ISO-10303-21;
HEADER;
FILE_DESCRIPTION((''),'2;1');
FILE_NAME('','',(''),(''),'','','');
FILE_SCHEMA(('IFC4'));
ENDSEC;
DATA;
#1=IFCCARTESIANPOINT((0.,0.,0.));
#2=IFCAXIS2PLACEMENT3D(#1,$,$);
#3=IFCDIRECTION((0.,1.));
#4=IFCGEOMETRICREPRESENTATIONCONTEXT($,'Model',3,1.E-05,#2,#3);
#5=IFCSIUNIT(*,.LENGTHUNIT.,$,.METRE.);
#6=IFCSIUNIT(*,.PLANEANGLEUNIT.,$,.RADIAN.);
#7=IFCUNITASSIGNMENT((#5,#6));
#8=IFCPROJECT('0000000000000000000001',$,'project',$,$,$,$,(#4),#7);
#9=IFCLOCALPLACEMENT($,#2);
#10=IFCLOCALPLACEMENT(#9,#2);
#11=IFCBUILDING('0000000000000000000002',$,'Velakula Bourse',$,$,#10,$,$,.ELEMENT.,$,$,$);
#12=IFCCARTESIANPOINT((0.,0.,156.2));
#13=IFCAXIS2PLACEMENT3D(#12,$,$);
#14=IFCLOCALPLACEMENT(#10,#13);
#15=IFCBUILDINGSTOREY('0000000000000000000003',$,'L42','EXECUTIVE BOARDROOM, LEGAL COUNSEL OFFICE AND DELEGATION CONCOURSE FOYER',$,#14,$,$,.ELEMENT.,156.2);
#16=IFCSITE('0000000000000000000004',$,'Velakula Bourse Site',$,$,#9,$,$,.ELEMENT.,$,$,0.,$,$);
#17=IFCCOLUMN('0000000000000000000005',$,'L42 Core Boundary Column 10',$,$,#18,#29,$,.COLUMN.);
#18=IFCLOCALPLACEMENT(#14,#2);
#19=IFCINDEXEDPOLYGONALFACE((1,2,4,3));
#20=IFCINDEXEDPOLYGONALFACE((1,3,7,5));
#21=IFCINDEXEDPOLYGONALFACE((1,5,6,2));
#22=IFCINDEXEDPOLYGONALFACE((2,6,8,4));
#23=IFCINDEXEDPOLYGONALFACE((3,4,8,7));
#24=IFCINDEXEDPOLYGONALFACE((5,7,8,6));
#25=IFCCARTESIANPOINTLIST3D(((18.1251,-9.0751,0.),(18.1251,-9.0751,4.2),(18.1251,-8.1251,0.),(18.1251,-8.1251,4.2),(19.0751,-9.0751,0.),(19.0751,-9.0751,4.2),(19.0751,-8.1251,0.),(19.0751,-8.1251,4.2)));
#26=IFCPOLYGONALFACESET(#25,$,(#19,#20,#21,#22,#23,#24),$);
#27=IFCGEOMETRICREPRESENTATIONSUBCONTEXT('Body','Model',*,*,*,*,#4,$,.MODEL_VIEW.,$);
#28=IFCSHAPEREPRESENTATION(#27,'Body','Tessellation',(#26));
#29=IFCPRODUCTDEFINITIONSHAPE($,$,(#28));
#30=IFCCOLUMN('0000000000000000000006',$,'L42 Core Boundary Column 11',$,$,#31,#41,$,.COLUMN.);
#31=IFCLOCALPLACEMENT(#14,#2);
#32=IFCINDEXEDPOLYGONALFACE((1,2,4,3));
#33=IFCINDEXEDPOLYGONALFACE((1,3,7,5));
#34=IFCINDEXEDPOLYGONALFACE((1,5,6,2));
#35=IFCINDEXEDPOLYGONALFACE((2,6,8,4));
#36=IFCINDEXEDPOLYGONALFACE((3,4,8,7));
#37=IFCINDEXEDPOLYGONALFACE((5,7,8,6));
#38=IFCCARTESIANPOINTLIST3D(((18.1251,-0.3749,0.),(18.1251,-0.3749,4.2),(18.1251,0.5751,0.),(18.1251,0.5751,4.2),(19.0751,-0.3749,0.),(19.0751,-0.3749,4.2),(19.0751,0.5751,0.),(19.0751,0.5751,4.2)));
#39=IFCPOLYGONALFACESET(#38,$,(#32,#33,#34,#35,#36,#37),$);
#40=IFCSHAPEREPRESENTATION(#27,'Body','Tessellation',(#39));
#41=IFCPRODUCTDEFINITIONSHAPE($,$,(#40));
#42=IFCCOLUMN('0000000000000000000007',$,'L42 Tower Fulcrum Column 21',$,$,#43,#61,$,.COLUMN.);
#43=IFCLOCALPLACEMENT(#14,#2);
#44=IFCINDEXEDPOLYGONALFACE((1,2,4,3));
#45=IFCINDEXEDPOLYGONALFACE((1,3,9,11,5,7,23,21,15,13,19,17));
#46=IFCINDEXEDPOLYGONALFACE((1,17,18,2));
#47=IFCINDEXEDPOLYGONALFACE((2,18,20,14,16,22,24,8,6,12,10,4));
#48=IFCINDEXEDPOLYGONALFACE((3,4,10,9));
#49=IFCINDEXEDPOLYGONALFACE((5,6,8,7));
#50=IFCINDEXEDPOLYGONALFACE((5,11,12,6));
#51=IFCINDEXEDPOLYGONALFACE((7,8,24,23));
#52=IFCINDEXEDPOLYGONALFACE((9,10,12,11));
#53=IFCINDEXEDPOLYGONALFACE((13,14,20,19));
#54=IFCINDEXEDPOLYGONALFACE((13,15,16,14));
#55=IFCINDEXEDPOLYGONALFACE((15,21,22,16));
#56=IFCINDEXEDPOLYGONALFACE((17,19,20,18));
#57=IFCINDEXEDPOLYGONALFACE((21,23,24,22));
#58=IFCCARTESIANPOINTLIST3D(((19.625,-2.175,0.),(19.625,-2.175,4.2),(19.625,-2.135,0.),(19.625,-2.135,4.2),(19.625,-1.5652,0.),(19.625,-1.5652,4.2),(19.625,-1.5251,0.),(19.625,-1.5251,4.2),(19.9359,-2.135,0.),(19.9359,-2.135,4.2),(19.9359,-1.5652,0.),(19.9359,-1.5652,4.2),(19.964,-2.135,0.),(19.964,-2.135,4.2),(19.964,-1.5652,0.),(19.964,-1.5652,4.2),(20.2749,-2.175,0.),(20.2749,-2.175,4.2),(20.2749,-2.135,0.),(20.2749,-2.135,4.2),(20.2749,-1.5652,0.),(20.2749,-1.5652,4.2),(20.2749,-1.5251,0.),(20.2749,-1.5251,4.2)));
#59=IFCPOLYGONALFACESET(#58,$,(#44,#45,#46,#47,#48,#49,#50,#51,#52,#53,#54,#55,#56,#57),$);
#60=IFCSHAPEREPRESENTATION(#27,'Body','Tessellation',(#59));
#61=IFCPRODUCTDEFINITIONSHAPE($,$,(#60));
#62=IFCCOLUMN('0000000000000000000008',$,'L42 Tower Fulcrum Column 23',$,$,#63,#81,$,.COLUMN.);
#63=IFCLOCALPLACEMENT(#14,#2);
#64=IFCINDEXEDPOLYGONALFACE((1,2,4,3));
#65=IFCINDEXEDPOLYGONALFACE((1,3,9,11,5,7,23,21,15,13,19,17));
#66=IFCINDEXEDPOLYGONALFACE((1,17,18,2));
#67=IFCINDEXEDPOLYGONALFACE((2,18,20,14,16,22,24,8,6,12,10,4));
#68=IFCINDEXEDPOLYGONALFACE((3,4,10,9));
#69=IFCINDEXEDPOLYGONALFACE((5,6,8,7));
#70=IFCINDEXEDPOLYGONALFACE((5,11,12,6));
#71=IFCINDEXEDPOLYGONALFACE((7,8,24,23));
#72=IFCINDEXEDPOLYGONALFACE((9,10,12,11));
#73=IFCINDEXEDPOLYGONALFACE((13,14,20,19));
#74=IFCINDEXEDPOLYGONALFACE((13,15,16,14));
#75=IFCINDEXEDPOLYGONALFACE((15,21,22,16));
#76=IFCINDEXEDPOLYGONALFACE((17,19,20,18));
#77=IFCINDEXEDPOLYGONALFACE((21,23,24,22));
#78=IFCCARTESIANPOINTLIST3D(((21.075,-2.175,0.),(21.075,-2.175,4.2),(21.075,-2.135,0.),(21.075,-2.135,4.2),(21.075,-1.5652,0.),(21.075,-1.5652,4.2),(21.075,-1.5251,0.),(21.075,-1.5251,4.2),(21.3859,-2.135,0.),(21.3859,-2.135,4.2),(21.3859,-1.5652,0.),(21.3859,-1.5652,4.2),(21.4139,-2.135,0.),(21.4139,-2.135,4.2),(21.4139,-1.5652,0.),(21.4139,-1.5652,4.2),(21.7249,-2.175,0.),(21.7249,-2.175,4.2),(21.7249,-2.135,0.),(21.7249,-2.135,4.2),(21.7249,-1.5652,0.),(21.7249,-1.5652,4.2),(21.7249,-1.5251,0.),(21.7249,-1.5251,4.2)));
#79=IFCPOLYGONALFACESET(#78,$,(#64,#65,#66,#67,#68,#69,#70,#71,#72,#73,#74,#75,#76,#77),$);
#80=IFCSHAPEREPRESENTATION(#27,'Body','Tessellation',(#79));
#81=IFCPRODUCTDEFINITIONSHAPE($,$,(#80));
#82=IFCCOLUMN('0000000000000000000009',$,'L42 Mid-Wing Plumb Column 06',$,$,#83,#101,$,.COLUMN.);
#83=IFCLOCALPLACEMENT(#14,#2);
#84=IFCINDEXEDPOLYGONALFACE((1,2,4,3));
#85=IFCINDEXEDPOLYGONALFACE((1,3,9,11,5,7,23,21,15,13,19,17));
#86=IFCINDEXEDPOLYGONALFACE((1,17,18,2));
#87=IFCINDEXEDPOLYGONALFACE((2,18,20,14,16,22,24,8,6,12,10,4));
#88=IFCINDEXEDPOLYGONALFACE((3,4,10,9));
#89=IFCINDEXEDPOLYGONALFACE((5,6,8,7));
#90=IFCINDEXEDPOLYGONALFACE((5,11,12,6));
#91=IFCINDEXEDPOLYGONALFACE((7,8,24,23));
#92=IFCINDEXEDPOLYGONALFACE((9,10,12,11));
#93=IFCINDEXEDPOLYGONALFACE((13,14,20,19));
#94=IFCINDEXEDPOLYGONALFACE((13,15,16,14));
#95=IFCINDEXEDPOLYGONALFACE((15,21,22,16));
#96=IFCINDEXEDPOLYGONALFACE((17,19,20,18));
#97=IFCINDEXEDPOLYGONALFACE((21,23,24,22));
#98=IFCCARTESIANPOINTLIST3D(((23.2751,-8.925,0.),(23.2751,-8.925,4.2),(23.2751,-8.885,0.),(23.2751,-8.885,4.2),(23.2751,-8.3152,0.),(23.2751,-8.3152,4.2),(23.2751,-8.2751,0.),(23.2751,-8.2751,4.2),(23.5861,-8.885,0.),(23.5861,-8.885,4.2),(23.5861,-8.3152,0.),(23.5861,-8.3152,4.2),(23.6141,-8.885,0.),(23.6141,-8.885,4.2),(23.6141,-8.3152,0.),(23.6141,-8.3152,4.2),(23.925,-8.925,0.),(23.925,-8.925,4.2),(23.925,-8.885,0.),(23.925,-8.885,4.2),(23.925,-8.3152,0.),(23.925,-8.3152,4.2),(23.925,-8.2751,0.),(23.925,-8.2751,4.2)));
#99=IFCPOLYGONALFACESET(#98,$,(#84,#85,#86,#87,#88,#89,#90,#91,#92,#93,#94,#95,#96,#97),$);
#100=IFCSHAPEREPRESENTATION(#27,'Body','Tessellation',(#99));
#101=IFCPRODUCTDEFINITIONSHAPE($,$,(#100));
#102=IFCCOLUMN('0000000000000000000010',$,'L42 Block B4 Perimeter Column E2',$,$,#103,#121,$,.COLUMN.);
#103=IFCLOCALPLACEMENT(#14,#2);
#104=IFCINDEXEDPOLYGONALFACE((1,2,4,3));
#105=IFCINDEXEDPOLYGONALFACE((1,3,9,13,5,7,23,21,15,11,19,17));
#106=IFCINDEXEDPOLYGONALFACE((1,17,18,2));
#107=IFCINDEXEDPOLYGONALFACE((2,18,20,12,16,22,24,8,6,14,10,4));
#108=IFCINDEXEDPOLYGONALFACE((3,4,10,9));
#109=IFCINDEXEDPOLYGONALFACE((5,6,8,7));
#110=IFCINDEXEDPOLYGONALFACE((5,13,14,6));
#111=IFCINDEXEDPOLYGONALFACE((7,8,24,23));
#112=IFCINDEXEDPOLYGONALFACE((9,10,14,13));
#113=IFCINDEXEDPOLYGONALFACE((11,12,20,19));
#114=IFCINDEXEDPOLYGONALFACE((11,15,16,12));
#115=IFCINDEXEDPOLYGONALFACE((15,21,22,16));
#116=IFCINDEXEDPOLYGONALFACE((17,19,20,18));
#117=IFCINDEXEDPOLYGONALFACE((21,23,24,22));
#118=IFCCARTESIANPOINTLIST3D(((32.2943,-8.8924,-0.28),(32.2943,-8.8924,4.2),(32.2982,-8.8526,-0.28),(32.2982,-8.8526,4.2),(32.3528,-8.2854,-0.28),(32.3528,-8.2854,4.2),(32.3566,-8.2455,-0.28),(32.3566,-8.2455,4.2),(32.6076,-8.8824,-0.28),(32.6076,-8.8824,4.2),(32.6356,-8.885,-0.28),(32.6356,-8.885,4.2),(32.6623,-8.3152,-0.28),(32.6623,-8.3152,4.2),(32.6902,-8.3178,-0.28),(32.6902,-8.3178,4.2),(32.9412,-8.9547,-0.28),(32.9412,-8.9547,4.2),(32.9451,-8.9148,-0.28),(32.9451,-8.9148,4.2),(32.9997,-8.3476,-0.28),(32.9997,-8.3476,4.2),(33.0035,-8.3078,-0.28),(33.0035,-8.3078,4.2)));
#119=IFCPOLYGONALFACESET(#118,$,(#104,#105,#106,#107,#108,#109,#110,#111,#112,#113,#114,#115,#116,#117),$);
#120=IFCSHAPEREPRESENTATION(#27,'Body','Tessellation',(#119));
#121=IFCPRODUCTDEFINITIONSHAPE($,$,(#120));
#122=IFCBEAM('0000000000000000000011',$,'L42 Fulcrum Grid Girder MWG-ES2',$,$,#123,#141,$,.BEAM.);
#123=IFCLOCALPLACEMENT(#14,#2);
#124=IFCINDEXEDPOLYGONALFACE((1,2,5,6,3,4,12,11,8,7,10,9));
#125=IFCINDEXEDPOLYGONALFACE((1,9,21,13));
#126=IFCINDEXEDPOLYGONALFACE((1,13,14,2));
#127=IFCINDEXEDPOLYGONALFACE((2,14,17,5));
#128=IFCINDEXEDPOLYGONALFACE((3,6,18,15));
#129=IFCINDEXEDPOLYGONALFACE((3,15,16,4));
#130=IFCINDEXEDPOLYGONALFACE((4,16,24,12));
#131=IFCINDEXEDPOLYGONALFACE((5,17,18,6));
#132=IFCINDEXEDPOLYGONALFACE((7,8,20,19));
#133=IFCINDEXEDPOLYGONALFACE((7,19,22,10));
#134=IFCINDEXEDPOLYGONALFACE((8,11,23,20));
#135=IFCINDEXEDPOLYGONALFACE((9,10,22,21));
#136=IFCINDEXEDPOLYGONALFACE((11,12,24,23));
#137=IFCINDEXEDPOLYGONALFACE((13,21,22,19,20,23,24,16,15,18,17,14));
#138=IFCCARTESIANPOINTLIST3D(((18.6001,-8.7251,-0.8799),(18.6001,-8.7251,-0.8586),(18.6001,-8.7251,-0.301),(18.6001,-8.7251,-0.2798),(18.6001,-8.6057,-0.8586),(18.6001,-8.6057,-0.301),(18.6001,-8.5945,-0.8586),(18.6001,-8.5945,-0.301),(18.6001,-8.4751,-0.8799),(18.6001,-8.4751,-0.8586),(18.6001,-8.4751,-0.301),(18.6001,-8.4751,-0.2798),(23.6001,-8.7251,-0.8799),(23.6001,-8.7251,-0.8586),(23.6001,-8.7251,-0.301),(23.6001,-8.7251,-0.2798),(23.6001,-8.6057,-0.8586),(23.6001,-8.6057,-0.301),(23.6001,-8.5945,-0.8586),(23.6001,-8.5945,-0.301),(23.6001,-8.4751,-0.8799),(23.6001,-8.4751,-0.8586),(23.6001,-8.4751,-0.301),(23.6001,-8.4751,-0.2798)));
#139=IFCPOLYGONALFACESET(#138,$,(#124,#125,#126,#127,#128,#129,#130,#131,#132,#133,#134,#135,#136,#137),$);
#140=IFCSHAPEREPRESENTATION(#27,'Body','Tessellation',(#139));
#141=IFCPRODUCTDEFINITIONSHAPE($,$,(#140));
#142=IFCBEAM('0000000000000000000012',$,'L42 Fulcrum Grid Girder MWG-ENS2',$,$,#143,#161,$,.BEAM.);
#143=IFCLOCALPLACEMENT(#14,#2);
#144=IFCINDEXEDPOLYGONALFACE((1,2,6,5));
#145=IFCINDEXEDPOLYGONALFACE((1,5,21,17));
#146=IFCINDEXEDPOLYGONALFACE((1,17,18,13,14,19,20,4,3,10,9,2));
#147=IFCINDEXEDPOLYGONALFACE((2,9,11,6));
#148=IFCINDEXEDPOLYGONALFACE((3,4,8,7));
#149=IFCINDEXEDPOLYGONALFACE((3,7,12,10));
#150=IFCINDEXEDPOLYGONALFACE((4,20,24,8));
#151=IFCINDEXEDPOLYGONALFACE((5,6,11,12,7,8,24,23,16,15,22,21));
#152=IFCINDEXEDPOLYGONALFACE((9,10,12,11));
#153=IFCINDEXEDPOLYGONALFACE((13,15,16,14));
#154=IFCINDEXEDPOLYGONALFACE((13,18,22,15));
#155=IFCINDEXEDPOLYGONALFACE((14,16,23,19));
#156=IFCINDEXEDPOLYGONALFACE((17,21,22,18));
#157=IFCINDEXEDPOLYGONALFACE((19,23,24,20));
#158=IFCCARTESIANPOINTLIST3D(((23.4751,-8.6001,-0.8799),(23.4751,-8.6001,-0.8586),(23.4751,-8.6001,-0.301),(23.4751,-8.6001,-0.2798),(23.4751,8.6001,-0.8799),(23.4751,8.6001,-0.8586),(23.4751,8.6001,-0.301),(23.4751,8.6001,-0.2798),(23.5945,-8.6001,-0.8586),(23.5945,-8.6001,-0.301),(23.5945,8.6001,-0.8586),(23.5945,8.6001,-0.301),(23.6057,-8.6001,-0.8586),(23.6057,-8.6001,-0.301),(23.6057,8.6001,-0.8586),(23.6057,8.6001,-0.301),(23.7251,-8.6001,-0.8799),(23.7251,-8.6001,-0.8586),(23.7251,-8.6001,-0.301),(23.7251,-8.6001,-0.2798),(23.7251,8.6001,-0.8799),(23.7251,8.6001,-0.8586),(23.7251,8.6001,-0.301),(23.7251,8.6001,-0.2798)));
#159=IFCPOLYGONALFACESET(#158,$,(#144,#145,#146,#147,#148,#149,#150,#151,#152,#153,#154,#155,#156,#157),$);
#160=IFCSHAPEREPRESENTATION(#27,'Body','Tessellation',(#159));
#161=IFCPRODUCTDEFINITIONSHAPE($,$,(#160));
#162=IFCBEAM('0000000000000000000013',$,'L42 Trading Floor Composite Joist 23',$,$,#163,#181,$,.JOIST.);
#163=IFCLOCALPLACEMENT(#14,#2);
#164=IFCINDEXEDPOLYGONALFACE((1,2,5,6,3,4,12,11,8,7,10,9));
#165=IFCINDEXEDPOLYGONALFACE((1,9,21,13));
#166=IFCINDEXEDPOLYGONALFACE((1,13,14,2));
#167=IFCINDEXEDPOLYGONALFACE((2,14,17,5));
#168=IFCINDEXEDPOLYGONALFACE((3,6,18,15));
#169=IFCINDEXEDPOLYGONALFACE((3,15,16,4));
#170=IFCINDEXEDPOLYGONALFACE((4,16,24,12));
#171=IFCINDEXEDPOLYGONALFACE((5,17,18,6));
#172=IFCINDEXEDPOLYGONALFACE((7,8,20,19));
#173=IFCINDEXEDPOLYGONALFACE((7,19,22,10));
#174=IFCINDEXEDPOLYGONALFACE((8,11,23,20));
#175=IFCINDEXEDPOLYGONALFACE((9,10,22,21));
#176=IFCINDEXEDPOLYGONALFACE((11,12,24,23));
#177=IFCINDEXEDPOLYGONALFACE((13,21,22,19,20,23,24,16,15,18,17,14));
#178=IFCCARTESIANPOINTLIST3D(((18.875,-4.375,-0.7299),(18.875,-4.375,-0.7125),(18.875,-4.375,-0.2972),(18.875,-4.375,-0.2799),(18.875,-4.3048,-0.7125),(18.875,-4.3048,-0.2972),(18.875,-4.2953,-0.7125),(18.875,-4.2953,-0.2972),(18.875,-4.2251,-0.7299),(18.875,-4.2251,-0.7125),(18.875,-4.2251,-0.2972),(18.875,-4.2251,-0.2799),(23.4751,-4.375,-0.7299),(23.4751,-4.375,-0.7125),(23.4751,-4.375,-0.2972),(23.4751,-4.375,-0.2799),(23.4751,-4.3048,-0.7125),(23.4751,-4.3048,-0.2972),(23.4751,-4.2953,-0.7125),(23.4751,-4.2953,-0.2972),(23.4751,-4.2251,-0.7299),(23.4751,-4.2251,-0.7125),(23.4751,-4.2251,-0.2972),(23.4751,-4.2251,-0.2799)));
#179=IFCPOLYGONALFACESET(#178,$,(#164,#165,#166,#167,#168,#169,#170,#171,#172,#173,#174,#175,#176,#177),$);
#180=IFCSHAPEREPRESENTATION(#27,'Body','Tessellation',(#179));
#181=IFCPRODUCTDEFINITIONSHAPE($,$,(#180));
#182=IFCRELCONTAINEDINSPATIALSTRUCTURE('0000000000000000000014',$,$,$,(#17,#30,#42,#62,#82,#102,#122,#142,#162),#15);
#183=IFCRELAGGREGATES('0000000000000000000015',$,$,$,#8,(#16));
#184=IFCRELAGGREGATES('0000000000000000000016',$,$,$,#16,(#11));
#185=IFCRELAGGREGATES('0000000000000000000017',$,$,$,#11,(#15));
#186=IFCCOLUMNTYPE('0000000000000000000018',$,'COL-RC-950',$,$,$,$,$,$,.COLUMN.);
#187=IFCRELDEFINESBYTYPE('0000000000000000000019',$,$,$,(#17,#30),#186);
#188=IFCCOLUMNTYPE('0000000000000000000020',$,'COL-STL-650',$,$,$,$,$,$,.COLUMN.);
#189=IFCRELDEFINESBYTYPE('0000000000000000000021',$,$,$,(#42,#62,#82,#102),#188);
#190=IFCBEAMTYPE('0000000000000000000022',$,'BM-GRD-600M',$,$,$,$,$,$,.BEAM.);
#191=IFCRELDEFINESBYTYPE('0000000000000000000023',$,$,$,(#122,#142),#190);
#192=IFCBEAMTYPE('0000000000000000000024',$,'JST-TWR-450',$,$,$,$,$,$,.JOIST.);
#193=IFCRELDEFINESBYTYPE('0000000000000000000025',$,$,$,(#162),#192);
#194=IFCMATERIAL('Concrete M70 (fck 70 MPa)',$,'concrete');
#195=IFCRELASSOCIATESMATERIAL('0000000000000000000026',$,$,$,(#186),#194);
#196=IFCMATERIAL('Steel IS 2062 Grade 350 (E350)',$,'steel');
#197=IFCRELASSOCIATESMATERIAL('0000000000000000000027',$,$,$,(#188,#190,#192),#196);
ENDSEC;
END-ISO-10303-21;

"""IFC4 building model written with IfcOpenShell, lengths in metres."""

from ifc_helpers import new_model, si_unit, direction, frame, origin, origin_2d, place, context, subcontext, project, spatial, rectangle, i_section, extrude, material, material_profile, profile_set, type_object, element, save


model = new_model("IFC4")

# Units and contexts
model_context = context("Model", 3, precision=1e-05, world=origin(), true_north=direction((0.0, 1.0)))
body_context = subcontext(model_context, "Body", "Model", "MODEL_VIEW")
ifc_project = project(units=[si_unit("LENGTHUNIT", "METRE"), si_unit("PLANEANGLEUNIT", "RADIAN")], contexts=[model_context])

# Site, building, storey
site_placement = place(None, origin())
site = spatial("IfcSite", under=ifc_project, at=site_placement, Name="Velakula Bourse Site", CompositionType="ELEMENT", RefElevation=0.0)
building_placement = place(site_placement, origin())
building = spatial("IfcBuilding", under=site, at=building_placement, Name="Velakula Bourse", CompositionType="ELEMENT")
storey_placement = place(building_placement, frame((0.0, 0.0, 156.2)))
storey = spatial("IfcBuildingStorey", under=building, at=storey_placement, Name="L42", Description="EXECUTIVE BOARDROOM, LEGAL COUNSEL OFFICE AND DELEGATION CONCOURSE FOYER", CompositionType="ELEMENT", Elevation=156.2)

# Columns
ifc_material_1 = material(Name="Concrete M70 (fck 70 MPa)", Category="concrete")
ifc_material_profile_1 = material_profile(ifc_material_1, rectangle(XDim=0.95, YDim=0.95, at=origin_2d()), Name="Concrete M70 (fck 70 MPa)")
ifc_profile_set_1 = profile_set([ifc_material_profile_1], Name="Concrete M70 (fck 70 MPa)")
column_type_1 = type_object("IfcColumnType", Name="COL-RC-950", PredefinedType="COLUMN", material=ifc_profile_set_1)
for number, where, z_axis, x_axis, name in (
    (1, (18.6001, -8.6001, 0.0), (0.0, 0.0, 1.0), (1.0, 0.0, 0.0), "L42 Core Boundary Column 10"),
    (2, (18.6001, 0.1001, 0.0), (0.0, 0.0, 1.0), (1.0, 0.0, 0.0), "L42 Core Boundary Column 11"),
):
    element("IfcColumn", number, at=place(storey_placement, frame(where, z_axis=z_axis, x_axis=x_axis)), inside=storey, type_object=column_type_1, Name=name, PredefinedType="COLUMN", context=body_context, shape_type="SweptSolid", body=[
        extrude(rectangle(XDim=0.95, YDim=0.95, at=origin_2d()), origin(), (0.0, 0.0, 1.0), 4.2),
    ])
ifc_material_2 = material(Name="Steel IS 2062 Grade 350 (E350)", Category="steel")
ifc_material_profile_2 = material_profile(ifc_material_2, i_section(OverallWidth=0.6499, OverallDepth=0.6499, WebThickness=0.0281, FlangeThickness=0.04, at=origin_2d()), Name="Steel IS 2062 Grade 350 (E350)")
ifc_profile_set_2 = profile_set([ifc_material_profile_2], Name="Steel IS 2062 Grade 350 (E350)")
column_type_2 = type_object("IfcColumnType", Name="COL-STL-650", PredefinedType="COLUMN", material=ifc_profile_set_2)
for number, where, z_axis, x_axis, name in (
    (3, (19.95, -1.8501, 0.0), (0.0, 0.0, 1.0), (1.0, 0.0, 0.0), "L42 Tower Fulcrum Column 21"),
    (4, (21.3999, -1.8501, 0.0), (0.0, 0.0, 1.0), (1.0, 0.0, 0.0), "L42 Tower Fulcrum Column 23"),
    (5, (23.6001, -8.6001, 0.0), (0.0, 0.0, 1.0), (1.0, 0.0, 0.0), "L42 Mid-Wing Plumb Column 06"),
):
    element("IfcColumn", number, at=place(storey_placement, frame(where, z_axis=z_axis, x_axis=x_axis)), inside=storey, type_object=column_type_2, Name=name, PredefinedType="COLUMN", context=body_context, shape_type="SweptSolid", body=[
        extrude(i_section(OverallWidth=0.6499, OverallDepth=0.6499, WebThickness=0.0281, FlangeThickness=0.04, at=origin_2d()), origin(), (0.0, 0.0, 1.0), 4.2),
    ])
column_placement = place(storey_placement, frame((32.6489, -8.6001, -0.28), z_axis=(0.0, 0.0, 1.0), x_axis=(0.995396, -0.095846, 0.0)))
element("IfcColumn", 6, at=column_placement, inside=storey, type_object=column_type_2, Name="L42 Block B4 Perimeter Column E2", PredefinedType="COLUMN", context=body_context, shape_type="SweptSolid", body=[
    extrude(i_section(OverallWidth=0.6499, OverallDepth=0.6499, WebThickness=0.0281, FlangeThickness=0.04, at=origin_2d()), origin(), (0.0, 0.0, 1.0), 4.48),
])

# Beams
ifc_material_profile_3 = material_profile(ifc_material_2, i_section(OverallWidth=0.25, OverallDepth=0.6001, WebThickness=0.0112, FlangeThickness=0.0212, at=origin_2d()), Name="Steel IS 2062 Grade 350 (E350)")
ifc_profile_set_3 = profile_set([ifc_material_profile_3], Name="Steel IS 2062 Grade 350 (E350)")
beam_type_1 = type_object("IfcBeamType", Name="BM-GRD-600M", PredefinedType="BEAM", material=ifc_profile_set_3)
beam_1_placement = place(storey_placement, frame((18.6001, -8.6001, -0.5798), z_axis=(1.0, 0.0, 0.0), x_axis=(0.0, 1.0, 0.0)))
element("IfcBeam", 7, at=beam_1_placement, inside=storey, type_object=beam_type_1, Name="L42 Fulcrum Grid Girder MWG-ES2", PredefinedType="BEAM", context=body_context, shape_type="SweptSolid", body=[
    extrude(i_section(OverallWidth=0.25, OverallDepth=0.6001, WebThickness=0.0112, FlangeThickness=0.0212, at=origin_2d()), origin(), (0.0, 0.0, 1.0), 5.0),
])
beam_2_placement = place(storey_placement, frame((23.6001, -8.6001, -0.5798), z_axis=(0.0, 1.0, 0.0), x_axis=(-1.0, 0.0, 0.0)))
element("IfcBeam", 8, at=beam_2_placement, inside=storey, type_object=beam_type_1, Name="L42 Fulcrum Grid Girder MWG-ENS2", PredefinedType="BEAM", context=body_context, shape_type="SweptSolid", body=[
    extrude(i_section(OverallWidth=0.25, OverallDepth=0.6001, WebThickness=0.0112, FlangeThickness=0.0212, at=origin_2d()), origin(), (0.0, 0.0, 1.0), 17.2002),
])
ifc_material_profile_4 = material_profile(ifc_material_2, i_section(OverallWidth=0.1499, OverallDepth=0.45, WebThickness=0.0095, FlangeThickness=0.0173, at=origin_2d()), Name="Steel IS 2062 Grade 350 (E350)")
ifc_profile_set_4 = profile_set([ifc_material_profile_4], Name="Steel IS 2062 Grade 350 (E350)")
beam_type_2 = type_object("IfcBeamType", Name="JST-TWR-450", PredefinedType="JOIST", material=ifc_profile_set_4)
beam_3_placement = place(storey_placement, frame((18.875, -4.3, -0.5049), z_axis=(1.0, 0.0, 0.0), x_axis=(0.0, 1.0, 0.0)))
element("IfcBeam", 9, at=beam_3_placement, inside=storey, type_object=beam_type_2, Name="L42 Trading Floor Composite Joist 23", PredefinedType="JOIST", context=body_context, shape_type="SweptSolid", body=[
    extrude(i_section(OverallWidth=0.1499, OverallDepth=0.45, WebThickness=0.0095, FlangeThickness=0.0173, at=origin_2d()), origin(), (0.0, 0.0, 1.0), 4.6001),
])

save(model, "model.ifc")
